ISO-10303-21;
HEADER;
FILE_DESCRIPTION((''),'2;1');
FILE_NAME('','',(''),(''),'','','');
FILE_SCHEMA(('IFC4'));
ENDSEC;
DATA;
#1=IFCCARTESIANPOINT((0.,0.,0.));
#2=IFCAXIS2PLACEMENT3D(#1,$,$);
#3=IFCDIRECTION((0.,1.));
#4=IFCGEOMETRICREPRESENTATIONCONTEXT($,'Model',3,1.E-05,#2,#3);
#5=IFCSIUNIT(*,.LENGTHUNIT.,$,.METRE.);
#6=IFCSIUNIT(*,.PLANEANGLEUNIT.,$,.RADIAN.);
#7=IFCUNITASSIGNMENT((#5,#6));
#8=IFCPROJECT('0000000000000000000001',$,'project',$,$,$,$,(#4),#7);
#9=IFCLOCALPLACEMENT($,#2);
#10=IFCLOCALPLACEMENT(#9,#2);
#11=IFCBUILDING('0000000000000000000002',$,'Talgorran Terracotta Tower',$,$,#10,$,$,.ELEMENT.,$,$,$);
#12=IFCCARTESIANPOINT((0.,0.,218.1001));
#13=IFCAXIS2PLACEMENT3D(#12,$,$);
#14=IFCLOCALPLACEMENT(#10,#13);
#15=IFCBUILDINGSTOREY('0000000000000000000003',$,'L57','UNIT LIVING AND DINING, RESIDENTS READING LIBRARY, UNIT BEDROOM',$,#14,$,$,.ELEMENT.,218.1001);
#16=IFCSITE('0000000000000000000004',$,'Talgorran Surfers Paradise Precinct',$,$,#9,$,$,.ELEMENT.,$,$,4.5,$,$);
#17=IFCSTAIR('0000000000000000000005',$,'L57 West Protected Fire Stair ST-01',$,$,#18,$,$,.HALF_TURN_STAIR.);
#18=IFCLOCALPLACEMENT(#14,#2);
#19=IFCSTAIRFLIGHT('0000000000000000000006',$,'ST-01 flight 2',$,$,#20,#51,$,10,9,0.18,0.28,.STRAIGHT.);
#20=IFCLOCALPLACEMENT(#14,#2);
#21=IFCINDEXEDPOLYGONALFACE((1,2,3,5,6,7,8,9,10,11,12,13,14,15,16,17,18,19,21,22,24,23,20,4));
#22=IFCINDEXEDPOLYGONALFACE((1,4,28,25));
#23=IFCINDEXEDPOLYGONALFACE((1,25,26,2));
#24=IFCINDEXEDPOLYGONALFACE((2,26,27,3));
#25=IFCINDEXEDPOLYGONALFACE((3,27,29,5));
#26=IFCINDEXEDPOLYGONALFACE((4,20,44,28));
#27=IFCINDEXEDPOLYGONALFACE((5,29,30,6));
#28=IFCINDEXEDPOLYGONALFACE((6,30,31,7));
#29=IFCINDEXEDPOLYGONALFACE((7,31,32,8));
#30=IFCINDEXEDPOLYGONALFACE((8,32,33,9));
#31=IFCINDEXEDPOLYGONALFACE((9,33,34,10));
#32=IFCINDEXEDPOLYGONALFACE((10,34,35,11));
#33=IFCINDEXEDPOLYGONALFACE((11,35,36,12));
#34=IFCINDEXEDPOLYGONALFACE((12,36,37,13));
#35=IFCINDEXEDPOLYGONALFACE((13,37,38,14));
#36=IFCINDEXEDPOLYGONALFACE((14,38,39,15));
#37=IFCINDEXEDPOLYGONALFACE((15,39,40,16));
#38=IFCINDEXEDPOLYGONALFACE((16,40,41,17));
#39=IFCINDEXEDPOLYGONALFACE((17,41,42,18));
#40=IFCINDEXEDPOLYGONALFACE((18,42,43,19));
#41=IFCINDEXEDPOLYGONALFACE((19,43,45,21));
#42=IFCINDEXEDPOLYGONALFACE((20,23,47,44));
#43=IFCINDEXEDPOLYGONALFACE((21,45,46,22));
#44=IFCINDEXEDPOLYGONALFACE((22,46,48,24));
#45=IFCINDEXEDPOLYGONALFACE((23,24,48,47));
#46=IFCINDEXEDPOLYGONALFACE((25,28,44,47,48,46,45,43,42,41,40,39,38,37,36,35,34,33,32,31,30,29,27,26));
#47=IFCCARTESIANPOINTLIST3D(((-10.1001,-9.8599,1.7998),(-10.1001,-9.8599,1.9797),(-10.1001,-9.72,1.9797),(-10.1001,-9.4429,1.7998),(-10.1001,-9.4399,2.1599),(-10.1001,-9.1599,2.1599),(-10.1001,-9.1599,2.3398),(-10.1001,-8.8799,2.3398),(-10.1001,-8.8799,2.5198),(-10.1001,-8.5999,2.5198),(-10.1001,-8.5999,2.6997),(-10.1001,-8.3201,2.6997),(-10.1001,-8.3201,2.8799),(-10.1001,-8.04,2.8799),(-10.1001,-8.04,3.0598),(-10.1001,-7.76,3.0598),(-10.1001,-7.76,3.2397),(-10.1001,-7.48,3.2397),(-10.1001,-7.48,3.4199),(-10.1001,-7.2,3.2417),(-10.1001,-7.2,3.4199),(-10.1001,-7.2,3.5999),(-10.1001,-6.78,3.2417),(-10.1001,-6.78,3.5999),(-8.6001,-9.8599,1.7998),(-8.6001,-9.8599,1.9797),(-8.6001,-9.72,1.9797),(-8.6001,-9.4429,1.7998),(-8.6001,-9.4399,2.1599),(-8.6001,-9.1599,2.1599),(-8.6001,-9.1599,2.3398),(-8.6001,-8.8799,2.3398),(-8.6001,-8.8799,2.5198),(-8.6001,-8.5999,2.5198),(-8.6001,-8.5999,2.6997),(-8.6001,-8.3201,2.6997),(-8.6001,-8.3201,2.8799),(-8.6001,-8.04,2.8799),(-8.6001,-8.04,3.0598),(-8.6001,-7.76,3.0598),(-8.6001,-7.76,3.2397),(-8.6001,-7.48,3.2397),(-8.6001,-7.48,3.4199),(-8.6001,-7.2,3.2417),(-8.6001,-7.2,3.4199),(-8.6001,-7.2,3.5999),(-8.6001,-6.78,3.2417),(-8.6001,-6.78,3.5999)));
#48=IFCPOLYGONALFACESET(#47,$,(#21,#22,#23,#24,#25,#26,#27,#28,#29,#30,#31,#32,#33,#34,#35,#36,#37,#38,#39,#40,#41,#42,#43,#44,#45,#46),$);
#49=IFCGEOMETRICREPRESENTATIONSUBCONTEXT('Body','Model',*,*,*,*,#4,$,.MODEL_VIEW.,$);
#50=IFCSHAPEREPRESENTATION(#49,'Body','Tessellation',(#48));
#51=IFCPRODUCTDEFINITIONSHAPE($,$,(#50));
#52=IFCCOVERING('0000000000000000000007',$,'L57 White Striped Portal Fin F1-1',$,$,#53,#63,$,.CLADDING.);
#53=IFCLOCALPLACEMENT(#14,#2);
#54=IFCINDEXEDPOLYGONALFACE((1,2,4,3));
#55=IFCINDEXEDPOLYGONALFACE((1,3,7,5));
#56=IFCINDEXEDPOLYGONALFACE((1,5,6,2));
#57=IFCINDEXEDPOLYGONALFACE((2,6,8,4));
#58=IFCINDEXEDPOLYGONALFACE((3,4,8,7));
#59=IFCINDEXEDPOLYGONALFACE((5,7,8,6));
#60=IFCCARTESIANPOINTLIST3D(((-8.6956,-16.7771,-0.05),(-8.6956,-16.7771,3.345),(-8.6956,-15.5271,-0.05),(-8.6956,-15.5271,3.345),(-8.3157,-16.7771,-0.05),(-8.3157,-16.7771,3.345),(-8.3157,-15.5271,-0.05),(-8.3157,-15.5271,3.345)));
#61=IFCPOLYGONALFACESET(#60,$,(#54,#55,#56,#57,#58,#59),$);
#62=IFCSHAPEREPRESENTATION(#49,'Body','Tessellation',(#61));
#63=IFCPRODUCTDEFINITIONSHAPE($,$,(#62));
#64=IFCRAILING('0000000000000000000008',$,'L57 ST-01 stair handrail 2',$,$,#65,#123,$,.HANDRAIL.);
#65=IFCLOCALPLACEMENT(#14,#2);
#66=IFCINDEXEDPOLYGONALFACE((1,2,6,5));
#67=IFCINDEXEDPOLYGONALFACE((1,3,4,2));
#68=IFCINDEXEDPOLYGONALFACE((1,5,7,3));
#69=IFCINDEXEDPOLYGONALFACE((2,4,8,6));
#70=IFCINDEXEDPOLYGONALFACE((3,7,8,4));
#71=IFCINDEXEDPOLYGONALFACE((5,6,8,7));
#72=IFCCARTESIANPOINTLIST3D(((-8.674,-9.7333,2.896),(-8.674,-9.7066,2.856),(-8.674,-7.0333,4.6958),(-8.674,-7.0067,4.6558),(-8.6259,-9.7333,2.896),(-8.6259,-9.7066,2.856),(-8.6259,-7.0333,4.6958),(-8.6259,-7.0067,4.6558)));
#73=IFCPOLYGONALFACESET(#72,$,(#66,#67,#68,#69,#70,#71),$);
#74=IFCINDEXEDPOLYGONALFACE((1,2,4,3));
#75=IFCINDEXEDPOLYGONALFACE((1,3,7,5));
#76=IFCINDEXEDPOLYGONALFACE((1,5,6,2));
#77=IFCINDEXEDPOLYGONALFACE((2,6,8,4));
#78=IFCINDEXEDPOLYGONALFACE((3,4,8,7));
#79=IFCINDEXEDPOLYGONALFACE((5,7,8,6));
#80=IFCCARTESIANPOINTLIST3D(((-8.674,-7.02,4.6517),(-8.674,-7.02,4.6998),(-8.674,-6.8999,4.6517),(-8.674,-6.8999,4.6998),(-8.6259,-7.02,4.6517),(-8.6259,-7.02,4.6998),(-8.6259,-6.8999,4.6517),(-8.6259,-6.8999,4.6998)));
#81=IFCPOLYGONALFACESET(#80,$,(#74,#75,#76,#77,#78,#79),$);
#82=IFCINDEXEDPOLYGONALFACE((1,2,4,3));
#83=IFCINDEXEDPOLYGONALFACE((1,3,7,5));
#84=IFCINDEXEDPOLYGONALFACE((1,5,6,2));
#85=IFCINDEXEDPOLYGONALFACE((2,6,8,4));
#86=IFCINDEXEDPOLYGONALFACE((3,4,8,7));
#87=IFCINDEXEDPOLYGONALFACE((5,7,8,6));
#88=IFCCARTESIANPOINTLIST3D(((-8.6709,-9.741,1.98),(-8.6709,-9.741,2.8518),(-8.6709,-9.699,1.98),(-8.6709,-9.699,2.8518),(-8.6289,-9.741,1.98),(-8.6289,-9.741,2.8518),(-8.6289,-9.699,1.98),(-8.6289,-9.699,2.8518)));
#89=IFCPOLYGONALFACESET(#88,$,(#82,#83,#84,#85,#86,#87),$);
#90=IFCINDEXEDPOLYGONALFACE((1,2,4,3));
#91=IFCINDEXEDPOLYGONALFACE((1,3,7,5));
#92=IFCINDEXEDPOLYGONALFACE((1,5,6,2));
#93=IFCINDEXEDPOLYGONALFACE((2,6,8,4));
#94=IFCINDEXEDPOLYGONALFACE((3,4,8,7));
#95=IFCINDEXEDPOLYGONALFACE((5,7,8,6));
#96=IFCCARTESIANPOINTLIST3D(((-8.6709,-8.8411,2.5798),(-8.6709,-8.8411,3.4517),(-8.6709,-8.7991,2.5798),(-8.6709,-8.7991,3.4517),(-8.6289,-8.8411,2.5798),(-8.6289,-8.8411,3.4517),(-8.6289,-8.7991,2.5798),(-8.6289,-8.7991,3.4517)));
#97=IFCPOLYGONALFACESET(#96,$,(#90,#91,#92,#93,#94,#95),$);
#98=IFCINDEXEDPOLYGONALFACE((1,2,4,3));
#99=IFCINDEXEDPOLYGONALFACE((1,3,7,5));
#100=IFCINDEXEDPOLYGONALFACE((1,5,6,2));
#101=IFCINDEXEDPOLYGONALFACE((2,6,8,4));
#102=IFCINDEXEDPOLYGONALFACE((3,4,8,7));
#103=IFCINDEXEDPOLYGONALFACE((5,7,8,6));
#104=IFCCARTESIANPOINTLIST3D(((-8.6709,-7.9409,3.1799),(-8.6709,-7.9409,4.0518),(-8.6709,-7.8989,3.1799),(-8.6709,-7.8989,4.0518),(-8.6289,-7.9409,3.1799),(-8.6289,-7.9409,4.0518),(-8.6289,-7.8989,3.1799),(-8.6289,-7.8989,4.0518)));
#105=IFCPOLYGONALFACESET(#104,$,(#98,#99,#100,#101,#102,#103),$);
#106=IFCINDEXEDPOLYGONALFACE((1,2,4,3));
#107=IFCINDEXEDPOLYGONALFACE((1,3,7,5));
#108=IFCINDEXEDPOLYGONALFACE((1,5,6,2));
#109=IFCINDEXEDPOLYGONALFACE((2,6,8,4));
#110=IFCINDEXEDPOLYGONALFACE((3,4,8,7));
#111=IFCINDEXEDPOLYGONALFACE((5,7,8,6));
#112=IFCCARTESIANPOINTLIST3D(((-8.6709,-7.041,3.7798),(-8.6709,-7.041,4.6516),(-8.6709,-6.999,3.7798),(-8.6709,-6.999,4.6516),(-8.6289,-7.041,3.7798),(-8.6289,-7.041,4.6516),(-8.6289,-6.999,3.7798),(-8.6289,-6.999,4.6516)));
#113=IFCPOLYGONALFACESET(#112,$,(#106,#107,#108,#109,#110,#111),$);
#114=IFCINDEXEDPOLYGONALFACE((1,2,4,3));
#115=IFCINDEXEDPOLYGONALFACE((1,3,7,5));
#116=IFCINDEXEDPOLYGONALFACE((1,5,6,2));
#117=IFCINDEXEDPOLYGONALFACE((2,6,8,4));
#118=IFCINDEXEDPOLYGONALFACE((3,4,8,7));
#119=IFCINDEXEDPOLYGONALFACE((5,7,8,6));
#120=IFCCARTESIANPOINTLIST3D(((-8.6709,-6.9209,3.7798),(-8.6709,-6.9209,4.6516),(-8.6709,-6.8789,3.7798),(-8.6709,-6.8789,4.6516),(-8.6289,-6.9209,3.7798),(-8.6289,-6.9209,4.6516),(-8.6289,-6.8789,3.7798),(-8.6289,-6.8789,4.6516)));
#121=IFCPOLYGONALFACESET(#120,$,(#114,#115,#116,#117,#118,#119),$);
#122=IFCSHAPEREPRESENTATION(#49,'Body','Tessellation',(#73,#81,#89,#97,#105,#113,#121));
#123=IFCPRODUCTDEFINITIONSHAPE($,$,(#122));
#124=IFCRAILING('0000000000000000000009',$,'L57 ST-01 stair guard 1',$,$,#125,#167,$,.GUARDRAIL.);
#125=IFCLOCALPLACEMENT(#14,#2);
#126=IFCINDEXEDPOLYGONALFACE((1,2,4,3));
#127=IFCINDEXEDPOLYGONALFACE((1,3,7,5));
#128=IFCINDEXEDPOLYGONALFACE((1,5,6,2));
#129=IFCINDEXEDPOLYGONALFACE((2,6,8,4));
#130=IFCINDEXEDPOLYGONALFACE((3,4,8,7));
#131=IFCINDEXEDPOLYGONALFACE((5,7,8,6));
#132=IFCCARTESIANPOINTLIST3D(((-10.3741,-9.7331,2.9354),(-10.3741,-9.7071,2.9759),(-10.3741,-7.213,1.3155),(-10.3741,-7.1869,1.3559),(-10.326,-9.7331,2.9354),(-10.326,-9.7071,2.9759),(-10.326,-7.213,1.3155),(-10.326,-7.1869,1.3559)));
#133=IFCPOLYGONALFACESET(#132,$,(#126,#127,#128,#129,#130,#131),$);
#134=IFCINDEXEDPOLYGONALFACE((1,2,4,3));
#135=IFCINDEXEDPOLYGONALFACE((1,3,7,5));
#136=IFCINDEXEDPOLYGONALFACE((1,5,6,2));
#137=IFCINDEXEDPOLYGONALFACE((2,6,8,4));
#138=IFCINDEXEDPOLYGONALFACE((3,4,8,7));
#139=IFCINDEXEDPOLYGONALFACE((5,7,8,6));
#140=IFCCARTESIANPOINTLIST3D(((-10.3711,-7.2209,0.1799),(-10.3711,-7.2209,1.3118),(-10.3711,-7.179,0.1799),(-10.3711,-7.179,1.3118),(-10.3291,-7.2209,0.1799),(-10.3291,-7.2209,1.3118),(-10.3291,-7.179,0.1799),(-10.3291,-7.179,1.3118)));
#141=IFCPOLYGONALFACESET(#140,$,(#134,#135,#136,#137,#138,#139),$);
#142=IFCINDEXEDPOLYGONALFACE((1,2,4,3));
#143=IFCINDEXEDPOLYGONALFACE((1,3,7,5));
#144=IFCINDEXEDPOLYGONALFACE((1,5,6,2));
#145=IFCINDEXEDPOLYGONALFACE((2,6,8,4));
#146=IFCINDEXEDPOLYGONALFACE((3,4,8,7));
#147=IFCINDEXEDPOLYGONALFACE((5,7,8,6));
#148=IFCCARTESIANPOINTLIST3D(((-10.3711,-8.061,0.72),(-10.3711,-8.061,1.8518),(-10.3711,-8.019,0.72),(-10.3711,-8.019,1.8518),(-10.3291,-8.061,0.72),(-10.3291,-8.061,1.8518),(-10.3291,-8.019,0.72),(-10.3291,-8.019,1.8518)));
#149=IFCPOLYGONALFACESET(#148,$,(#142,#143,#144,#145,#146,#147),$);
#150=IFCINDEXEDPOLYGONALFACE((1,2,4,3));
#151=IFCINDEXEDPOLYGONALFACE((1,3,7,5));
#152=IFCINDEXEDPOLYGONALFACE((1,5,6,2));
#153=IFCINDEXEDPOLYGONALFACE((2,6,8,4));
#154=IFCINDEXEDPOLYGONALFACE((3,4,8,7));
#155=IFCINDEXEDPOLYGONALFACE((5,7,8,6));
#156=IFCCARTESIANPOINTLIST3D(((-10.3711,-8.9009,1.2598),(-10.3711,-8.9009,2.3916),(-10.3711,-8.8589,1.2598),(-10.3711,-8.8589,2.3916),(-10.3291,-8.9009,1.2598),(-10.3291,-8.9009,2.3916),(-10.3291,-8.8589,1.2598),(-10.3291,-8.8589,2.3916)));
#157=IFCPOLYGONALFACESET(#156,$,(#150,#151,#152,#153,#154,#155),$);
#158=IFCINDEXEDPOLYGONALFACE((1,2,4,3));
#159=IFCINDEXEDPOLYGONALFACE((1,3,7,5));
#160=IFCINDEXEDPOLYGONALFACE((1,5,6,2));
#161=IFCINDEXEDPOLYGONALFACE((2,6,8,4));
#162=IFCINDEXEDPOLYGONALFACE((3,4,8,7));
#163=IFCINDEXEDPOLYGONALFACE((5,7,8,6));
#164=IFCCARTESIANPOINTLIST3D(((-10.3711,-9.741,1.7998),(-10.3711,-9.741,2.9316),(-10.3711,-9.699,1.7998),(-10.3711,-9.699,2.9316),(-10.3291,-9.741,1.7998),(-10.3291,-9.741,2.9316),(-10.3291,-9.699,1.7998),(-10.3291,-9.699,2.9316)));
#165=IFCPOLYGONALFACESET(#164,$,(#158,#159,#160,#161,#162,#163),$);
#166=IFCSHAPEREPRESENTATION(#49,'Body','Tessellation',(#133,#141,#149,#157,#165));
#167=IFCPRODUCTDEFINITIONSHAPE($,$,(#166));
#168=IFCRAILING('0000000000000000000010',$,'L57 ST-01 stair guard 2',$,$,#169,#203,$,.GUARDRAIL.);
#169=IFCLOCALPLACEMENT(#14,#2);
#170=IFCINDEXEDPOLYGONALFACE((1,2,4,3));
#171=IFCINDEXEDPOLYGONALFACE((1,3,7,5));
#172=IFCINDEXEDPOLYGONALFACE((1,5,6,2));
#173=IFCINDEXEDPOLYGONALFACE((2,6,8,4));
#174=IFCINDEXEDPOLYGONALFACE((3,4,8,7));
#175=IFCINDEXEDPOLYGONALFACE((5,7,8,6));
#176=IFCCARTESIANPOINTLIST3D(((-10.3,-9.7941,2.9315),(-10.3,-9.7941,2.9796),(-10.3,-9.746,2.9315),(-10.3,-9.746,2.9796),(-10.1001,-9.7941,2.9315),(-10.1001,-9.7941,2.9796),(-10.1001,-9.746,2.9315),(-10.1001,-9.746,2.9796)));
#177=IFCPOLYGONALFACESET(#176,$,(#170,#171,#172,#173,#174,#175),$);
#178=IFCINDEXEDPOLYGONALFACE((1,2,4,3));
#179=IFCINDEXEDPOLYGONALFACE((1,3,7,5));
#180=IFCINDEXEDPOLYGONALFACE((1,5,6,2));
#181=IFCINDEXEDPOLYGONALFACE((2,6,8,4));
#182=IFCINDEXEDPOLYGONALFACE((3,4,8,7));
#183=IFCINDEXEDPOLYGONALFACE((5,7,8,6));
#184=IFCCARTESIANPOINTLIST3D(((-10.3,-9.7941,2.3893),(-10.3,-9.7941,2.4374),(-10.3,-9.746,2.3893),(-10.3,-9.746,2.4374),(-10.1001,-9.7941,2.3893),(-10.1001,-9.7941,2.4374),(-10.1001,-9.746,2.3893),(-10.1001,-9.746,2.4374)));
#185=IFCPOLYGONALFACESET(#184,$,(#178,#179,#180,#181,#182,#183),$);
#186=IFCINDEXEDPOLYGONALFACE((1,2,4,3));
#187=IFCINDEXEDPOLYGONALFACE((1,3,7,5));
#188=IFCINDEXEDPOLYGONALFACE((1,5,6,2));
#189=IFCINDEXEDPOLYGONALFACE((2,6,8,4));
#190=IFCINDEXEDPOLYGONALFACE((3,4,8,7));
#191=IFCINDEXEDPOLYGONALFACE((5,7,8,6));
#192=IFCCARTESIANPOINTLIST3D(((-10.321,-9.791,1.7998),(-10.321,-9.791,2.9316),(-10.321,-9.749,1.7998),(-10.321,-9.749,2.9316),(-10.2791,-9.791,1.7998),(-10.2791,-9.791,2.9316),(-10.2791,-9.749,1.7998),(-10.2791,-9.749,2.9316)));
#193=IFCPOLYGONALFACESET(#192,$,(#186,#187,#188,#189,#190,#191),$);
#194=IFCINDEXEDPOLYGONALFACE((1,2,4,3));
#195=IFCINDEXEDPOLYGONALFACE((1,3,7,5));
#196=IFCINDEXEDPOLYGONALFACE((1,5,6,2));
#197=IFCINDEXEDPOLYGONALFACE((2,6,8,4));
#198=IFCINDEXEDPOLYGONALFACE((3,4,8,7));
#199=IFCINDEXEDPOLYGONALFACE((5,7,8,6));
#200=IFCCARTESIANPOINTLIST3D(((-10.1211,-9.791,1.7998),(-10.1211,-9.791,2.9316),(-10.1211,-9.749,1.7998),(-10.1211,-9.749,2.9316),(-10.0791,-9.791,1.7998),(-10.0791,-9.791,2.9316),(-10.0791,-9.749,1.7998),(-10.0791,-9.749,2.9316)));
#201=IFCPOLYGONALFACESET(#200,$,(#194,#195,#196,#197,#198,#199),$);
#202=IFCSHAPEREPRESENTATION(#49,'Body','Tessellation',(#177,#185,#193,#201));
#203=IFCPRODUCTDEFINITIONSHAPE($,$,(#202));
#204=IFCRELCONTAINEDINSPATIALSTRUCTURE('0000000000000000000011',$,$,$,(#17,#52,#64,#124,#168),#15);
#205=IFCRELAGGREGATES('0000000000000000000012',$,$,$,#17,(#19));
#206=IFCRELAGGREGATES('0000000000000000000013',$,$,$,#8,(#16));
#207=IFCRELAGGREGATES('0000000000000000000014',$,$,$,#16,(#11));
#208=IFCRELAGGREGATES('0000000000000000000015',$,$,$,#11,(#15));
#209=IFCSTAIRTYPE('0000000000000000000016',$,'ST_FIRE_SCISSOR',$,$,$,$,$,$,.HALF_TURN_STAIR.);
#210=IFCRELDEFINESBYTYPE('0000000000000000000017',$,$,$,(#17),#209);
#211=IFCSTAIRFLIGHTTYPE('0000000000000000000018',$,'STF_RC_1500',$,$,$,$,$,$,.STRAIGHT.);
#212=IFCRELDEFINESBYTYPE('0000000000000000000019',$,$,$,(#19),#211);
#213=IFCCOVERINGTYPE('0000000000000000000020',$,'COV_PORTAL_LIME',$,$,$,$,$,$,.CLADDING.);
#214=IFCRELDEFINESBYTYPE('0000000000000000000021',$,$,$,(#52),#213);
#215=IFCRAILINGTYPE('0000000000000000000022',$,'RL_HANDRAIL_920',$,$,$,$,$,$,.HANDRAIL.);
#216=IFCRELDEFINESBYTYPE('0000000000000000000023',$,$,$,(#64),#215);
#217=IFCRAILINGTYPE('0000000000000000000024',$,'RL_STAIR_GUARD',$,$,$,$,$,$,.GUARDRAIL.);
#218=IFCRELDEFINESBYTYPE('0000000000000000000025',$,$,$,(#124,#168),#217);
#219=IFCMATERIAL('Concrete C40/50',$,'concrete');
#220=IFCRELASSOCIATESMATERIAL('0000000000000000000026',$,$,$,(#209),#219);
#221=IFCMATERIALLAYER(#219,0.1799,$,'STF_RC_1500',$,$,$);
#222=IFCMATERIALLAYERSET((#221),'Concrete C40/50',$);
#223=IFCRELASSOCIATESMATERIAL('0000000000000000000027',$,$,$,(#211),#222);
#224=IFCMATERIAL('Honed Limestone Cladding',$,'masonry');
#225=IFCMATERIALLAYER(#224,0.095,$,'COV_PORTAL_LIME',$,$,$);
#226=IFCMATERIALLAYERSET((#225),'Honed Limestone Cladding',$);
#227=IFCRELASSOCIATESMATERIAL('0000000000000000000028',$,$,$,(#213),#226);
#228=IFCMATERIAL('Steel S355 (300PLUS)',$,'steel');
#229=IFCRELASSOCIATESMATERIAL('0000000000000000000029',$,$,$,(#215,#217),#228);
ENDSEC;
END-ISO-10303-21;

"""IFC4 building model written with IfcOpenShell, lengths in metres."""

from ifc_helpers import new_model, si_unit, direction, frame, origin, origin_2d, place, context, subcontext, project, spatial, polyline, rectangle, outline, extrude, material, layer, layer_set, type_object, element, aggregate, save


model = new_model("IFC4")

# Units and contexts
model_context = context("Model", 3, precision=1e-05, world=origin(), true_north=direction((0.0, 1.0)))
body_context = subcontext(model_context, "Body", "Model", "MODEL_VIEW")
ifc_project = project(units=[si_unit("LENGTHUNIT", "METRE"), si_unit("PLANEANGLEUNIT", "RADIAN")], contexts=[model_context])

# Site, building, storey
site_placement = place(None, origin())
site = spatial("IfcSite", under=ifc_project, at=site_placement, Name="Talgorran Surfers Paradise Precinct", CompositionType="ELEMENT", RefElevation=4.5)
building_placement = place(site_placement, origin())
building = spatial("IfcBuilding", under=site, at=building_placement, Name="Talgorran Terracotta Tower", CompositionType="ELEMENT")
storey_placement = place(building_placement, frame((0.0, 0.0, 218.1001)))
storey = spatial("IfcBuildingStorey", under=building, at=storey_placement, Name="L57", Description="UNIT LIVING AND DINING, RESIDENTS READING LIBRARY, UNIT BEDROOM", CompositionType="ELEMENT", Elevation=218.1001)

# Shared definitions
ifc_material_1 = material(Name="Steel S355 (300PLUS)", Category="steel")

# Stair, stair flight
ifc_material_2 = material(Name="Concrete C40/50", Category="concrete")
stair_type = type_object("IfcStairType", Name="ST_FIRE_SCISSOR", PredefinedType="HALF_TURN_STAIR", material=ifc_material_2)
stair_placement = place(storey_placement, origin())
stair = element("IfcStair", 1, at=stair_placement, inside=storey, type_object=stair_type, Name="L57 West Protected Fire Stair ST-01", PredefinedType="HALF_TURN_STAIR")
ifc_layer_1 = layer(ifc_material_2, 0.1799, Name="STF_RC_1500")
ifc_layer_set_1 = layer_set([ifc_layer_1], Name="Concrete C40/50")
stair_flight_type = type_object("IfcStairFlightType", Name="STF_RC_1500", PredefinedType="STRAIGHT", material=ifc_layer_set_1)
stair_flight_1_placement = place(storey_placement, frame((-9.3501, -9.72, 1.7998), z_axis=(0.0, 0.0, 1.0), x_axis=(0.0, 1.0, 0.0)))
stair_flight_1 = element("IfcStairFlight", 2, at=stair_flight_1_placement, type_object=stair_flight_type, Name="ST-01 flight 2", NumberOfRisers=10, NumberOfTreads=9, PredefinedType="STRAIGHT", RiserHeight=0.18, TreadLength=0.28, context=body_context, shape_type="SweptSolid", body=[
    extrude(outline(polyline([(-0.1399, 0.0), (-0.1399, 0.1799), (0.0, 0.1799), (0.28, 0.3601), (0.5601, 0.3601), (0.5601, 0.54), (0.8401, 0.54), (0.8401, 0.72), (1.1201, 0.72), (1.1201, 0.8999), (1.3999, 0.8999), (1.3999, 1.0801), (1.6799, 1.0801), (1.6799, 1.26), (1.96, 1.26), (1.96, 1.4399), (2.24, 1.4399), (2.24, 1.6201), (2.52, 1.6201), (2.52, 1.8), (2.9399, 1.8), (2.9399, 1.4419), (2.52, 1.4419), (0.2771, 0.0), (-0.1399, 0.0)])), frame((0.0, 0.75, 0.0), z_axis=(0.0, -1.0, 0.0), x_axis=(1.0, 0.0, 0.0)), (0.0, 0.0, 1.0), 1.5),
])
aggregate(stair, [stair_flight_1])

# Covering
ifc_material_3 = material(Name="Honed Limestone Cladding", Category="masonry")
ifc_layer_2 = layer(ifc_material_3, 0.095, Name="COV_PORTAL_LIME")
ifc_layer_set_2 = layer_set([ifc_layer_2], Name="Honed Limestone Cladding")
covering_type = type_object("IfcCoveringType", Name="COV_PORTAL_LIME", PredefinedType="CLADDING", material=ifc_layer_set_2)
covering_placement = place(storey_placement, frame((-8.5056, -16.1521, -0.05), z_axis=(0.0, 0.0, 1.0), x_axis=(1.0, 0.0, 0.0)))
element("IfcCovering", 3, at=covering_placement, inside=storey, type_object=covering_type, Name="L57 White Striped Portal Fin F1-1", PredefinedType="CLADDING", context=body_context, shape_type="SweptSolid", body=[
    extrude(rectangle(XDim=0.3799, YDim=1.25, at=origin_2d()), origin(), (0.0, 0.0, 1.0), 3.395),
])

# Railings
railing_type_1 = type_object("IfcRailingType", Name="RL_HANDRAIL_920", PredefinedType="HANDRAIL", material=ifc_material_1)
railing_1_placement = place(storey_placement, frame((-8.6499, -9.72, 1.98)))
element("IfcRailing", 4, at=railing_1_placement, inside=storey, type_object=railing_type_1, Name="L57 ST-01 stair handrail 2", PredefinedType="HANDRAIL", context=body_context, shape_type="SweptSolid", body=[
    extrude(rectangle(XDim=0.0481, YDim=0.0481, at=origin_2d()), frame((0.0, 0.0, 0.896), z_axis=(0.0, 0.832073, 0.554665), x_axis=(-1.0, 0.0, 0.0)), (0.0, 0.0, 1.0), 3.2449),
    extrude(rectangle(XDim=0.0481, YDim=0.0481, at=origin_2d()), frame((0.0, 2.7, 2.6958), z_axis=(0.0, 1.0, 0.0), x_axis=(-1.0, 0.0, 0.0)), (0.0, 0.0, 1.0), 0.1201),
    extrude(rectangle(XDim=0.042, YDim=0.042, at=origin_2d()), origin(), (0.0, 0.0, 1.0), 0.8718),
    extrude(rectangle(XDim=0.042, YDim=0.042, at=origin_2d()), frame((0.0, 0.8999, 0.5999)), (0.0, 0.0, 1.0), 0.8718),
    extrude(rectangle(XDim=0.042, YDim=0.042, at=origin_2d()), frame((0.0, 1.8, 1.2)), (0.0, 0.0, 1.0), 0.8718),
    extrude(rectangle(XDim=0.042, YDim=0.042, at=origin_2d()), frame((0.0, 2.7, 1.7998)), (0.0, 0.0, 1.0), 0.8718),
    extrude(rectangle(XDim=0.042, YDim=0.042, at=origin_2d()), frame((0.0, 2.8201, 1.7998)), (0.0, 0.0, 1.0), 0.8718),
])
railing_type_2 = type_object("IfcRailingType", Name="RL_STAIR_GUARD", PredefinedType="GUARDRAIL", material=ifc_material_1)
railing_2_placement = place(storey_placement, frame((-10.3501, -7.2, 0.1799)))
element("IfcRailing", 5, at=railing_2_placement, inside=storey, type_object=railing_type_2, Name="L57 ST-01 stair guard 1", PredefinedType="GUARDRAIL", context=body_context, shape_type="SweptSolid", body=[
    extrude(rectangle(XDim=0.0481, YDim=0.0481, at=origin_2d()), frame((0.0, 0.0, 1.1558), z_axis=(0.0, -0.8412, 0.540725), x_axis=(1.0, 0.0, 0.0)), (0.0, 0.0, 1.0), 2.9958),
    extrude(rectangle(XDim=0.042, YDim=0.042, at=origin_2d()), origin(), (0.0, 0.0, 1.0), 1.1318),
    extrude(rectangle(XDim=0.042, YDim=0.042, at=origin_2d()), frame((0.0, -0.8401, 0.54)), (0.0, 0.0, 1.0), 1.1318),
    extrude(rectangle(XDim=0.042, YDim=0.042, at=origin_2d()), frame((0.0, -1.6799, 1.0798)), (0.0, 0.0, 1.0), 1.1318),
    extrude(rectangle(XDim=0.042, YDim=0.042, at=origin_2d()), frame((0.0, -2.52, 1.6199)), (0.0, 0.0, 1.0), 1.1318),
])
railing_3_placement = place(storey_placement, frame((-10.3, -9.77, 1.7998)))
element("IfcRailing", 6, at=railing_3_placement, inside=storey, type_object=railing_type_2, Name="L57 ST-01 stair guard 2", PredefinedType="GUARDRAIL", context=body_context, shape_type="SweptSolid", body=[
    extrude(rectangle(XDim=0.0481, YDim=0.0481, at=origin_2d()), frame((0.0, 0.0, 1.1558), z_axis=(1.0, 0.0, 0.0), x_axis=(0.0, 1.0, 0.0)), (0.0, 0.0, 1.0), 0.2),
    extrude(rectangle(XDim=0.0481, YDim=0.0481, at=origin_2d()), frame((0.0, 0.0, 0.6135), z_axis=(1.0, 0.0, 0.0), x_axis=(0.0, 1.0, 0.0)), (0.0, 0.0, 1.0), 0.2),
    extrude(rectangle(XDim=0.042, YDim=0.042, at=origin_2d()), origin(), (0.0, 0.0, 1.0), 1.1318),
    extrude(rectangle(XDim=0.042, YDim=0.042, at=origin_2d()), frame((0.2, 0.0, 0.0)), (0.0, 0.0, 1.0), 1.1318),
])

save(model, "model.ifc")
